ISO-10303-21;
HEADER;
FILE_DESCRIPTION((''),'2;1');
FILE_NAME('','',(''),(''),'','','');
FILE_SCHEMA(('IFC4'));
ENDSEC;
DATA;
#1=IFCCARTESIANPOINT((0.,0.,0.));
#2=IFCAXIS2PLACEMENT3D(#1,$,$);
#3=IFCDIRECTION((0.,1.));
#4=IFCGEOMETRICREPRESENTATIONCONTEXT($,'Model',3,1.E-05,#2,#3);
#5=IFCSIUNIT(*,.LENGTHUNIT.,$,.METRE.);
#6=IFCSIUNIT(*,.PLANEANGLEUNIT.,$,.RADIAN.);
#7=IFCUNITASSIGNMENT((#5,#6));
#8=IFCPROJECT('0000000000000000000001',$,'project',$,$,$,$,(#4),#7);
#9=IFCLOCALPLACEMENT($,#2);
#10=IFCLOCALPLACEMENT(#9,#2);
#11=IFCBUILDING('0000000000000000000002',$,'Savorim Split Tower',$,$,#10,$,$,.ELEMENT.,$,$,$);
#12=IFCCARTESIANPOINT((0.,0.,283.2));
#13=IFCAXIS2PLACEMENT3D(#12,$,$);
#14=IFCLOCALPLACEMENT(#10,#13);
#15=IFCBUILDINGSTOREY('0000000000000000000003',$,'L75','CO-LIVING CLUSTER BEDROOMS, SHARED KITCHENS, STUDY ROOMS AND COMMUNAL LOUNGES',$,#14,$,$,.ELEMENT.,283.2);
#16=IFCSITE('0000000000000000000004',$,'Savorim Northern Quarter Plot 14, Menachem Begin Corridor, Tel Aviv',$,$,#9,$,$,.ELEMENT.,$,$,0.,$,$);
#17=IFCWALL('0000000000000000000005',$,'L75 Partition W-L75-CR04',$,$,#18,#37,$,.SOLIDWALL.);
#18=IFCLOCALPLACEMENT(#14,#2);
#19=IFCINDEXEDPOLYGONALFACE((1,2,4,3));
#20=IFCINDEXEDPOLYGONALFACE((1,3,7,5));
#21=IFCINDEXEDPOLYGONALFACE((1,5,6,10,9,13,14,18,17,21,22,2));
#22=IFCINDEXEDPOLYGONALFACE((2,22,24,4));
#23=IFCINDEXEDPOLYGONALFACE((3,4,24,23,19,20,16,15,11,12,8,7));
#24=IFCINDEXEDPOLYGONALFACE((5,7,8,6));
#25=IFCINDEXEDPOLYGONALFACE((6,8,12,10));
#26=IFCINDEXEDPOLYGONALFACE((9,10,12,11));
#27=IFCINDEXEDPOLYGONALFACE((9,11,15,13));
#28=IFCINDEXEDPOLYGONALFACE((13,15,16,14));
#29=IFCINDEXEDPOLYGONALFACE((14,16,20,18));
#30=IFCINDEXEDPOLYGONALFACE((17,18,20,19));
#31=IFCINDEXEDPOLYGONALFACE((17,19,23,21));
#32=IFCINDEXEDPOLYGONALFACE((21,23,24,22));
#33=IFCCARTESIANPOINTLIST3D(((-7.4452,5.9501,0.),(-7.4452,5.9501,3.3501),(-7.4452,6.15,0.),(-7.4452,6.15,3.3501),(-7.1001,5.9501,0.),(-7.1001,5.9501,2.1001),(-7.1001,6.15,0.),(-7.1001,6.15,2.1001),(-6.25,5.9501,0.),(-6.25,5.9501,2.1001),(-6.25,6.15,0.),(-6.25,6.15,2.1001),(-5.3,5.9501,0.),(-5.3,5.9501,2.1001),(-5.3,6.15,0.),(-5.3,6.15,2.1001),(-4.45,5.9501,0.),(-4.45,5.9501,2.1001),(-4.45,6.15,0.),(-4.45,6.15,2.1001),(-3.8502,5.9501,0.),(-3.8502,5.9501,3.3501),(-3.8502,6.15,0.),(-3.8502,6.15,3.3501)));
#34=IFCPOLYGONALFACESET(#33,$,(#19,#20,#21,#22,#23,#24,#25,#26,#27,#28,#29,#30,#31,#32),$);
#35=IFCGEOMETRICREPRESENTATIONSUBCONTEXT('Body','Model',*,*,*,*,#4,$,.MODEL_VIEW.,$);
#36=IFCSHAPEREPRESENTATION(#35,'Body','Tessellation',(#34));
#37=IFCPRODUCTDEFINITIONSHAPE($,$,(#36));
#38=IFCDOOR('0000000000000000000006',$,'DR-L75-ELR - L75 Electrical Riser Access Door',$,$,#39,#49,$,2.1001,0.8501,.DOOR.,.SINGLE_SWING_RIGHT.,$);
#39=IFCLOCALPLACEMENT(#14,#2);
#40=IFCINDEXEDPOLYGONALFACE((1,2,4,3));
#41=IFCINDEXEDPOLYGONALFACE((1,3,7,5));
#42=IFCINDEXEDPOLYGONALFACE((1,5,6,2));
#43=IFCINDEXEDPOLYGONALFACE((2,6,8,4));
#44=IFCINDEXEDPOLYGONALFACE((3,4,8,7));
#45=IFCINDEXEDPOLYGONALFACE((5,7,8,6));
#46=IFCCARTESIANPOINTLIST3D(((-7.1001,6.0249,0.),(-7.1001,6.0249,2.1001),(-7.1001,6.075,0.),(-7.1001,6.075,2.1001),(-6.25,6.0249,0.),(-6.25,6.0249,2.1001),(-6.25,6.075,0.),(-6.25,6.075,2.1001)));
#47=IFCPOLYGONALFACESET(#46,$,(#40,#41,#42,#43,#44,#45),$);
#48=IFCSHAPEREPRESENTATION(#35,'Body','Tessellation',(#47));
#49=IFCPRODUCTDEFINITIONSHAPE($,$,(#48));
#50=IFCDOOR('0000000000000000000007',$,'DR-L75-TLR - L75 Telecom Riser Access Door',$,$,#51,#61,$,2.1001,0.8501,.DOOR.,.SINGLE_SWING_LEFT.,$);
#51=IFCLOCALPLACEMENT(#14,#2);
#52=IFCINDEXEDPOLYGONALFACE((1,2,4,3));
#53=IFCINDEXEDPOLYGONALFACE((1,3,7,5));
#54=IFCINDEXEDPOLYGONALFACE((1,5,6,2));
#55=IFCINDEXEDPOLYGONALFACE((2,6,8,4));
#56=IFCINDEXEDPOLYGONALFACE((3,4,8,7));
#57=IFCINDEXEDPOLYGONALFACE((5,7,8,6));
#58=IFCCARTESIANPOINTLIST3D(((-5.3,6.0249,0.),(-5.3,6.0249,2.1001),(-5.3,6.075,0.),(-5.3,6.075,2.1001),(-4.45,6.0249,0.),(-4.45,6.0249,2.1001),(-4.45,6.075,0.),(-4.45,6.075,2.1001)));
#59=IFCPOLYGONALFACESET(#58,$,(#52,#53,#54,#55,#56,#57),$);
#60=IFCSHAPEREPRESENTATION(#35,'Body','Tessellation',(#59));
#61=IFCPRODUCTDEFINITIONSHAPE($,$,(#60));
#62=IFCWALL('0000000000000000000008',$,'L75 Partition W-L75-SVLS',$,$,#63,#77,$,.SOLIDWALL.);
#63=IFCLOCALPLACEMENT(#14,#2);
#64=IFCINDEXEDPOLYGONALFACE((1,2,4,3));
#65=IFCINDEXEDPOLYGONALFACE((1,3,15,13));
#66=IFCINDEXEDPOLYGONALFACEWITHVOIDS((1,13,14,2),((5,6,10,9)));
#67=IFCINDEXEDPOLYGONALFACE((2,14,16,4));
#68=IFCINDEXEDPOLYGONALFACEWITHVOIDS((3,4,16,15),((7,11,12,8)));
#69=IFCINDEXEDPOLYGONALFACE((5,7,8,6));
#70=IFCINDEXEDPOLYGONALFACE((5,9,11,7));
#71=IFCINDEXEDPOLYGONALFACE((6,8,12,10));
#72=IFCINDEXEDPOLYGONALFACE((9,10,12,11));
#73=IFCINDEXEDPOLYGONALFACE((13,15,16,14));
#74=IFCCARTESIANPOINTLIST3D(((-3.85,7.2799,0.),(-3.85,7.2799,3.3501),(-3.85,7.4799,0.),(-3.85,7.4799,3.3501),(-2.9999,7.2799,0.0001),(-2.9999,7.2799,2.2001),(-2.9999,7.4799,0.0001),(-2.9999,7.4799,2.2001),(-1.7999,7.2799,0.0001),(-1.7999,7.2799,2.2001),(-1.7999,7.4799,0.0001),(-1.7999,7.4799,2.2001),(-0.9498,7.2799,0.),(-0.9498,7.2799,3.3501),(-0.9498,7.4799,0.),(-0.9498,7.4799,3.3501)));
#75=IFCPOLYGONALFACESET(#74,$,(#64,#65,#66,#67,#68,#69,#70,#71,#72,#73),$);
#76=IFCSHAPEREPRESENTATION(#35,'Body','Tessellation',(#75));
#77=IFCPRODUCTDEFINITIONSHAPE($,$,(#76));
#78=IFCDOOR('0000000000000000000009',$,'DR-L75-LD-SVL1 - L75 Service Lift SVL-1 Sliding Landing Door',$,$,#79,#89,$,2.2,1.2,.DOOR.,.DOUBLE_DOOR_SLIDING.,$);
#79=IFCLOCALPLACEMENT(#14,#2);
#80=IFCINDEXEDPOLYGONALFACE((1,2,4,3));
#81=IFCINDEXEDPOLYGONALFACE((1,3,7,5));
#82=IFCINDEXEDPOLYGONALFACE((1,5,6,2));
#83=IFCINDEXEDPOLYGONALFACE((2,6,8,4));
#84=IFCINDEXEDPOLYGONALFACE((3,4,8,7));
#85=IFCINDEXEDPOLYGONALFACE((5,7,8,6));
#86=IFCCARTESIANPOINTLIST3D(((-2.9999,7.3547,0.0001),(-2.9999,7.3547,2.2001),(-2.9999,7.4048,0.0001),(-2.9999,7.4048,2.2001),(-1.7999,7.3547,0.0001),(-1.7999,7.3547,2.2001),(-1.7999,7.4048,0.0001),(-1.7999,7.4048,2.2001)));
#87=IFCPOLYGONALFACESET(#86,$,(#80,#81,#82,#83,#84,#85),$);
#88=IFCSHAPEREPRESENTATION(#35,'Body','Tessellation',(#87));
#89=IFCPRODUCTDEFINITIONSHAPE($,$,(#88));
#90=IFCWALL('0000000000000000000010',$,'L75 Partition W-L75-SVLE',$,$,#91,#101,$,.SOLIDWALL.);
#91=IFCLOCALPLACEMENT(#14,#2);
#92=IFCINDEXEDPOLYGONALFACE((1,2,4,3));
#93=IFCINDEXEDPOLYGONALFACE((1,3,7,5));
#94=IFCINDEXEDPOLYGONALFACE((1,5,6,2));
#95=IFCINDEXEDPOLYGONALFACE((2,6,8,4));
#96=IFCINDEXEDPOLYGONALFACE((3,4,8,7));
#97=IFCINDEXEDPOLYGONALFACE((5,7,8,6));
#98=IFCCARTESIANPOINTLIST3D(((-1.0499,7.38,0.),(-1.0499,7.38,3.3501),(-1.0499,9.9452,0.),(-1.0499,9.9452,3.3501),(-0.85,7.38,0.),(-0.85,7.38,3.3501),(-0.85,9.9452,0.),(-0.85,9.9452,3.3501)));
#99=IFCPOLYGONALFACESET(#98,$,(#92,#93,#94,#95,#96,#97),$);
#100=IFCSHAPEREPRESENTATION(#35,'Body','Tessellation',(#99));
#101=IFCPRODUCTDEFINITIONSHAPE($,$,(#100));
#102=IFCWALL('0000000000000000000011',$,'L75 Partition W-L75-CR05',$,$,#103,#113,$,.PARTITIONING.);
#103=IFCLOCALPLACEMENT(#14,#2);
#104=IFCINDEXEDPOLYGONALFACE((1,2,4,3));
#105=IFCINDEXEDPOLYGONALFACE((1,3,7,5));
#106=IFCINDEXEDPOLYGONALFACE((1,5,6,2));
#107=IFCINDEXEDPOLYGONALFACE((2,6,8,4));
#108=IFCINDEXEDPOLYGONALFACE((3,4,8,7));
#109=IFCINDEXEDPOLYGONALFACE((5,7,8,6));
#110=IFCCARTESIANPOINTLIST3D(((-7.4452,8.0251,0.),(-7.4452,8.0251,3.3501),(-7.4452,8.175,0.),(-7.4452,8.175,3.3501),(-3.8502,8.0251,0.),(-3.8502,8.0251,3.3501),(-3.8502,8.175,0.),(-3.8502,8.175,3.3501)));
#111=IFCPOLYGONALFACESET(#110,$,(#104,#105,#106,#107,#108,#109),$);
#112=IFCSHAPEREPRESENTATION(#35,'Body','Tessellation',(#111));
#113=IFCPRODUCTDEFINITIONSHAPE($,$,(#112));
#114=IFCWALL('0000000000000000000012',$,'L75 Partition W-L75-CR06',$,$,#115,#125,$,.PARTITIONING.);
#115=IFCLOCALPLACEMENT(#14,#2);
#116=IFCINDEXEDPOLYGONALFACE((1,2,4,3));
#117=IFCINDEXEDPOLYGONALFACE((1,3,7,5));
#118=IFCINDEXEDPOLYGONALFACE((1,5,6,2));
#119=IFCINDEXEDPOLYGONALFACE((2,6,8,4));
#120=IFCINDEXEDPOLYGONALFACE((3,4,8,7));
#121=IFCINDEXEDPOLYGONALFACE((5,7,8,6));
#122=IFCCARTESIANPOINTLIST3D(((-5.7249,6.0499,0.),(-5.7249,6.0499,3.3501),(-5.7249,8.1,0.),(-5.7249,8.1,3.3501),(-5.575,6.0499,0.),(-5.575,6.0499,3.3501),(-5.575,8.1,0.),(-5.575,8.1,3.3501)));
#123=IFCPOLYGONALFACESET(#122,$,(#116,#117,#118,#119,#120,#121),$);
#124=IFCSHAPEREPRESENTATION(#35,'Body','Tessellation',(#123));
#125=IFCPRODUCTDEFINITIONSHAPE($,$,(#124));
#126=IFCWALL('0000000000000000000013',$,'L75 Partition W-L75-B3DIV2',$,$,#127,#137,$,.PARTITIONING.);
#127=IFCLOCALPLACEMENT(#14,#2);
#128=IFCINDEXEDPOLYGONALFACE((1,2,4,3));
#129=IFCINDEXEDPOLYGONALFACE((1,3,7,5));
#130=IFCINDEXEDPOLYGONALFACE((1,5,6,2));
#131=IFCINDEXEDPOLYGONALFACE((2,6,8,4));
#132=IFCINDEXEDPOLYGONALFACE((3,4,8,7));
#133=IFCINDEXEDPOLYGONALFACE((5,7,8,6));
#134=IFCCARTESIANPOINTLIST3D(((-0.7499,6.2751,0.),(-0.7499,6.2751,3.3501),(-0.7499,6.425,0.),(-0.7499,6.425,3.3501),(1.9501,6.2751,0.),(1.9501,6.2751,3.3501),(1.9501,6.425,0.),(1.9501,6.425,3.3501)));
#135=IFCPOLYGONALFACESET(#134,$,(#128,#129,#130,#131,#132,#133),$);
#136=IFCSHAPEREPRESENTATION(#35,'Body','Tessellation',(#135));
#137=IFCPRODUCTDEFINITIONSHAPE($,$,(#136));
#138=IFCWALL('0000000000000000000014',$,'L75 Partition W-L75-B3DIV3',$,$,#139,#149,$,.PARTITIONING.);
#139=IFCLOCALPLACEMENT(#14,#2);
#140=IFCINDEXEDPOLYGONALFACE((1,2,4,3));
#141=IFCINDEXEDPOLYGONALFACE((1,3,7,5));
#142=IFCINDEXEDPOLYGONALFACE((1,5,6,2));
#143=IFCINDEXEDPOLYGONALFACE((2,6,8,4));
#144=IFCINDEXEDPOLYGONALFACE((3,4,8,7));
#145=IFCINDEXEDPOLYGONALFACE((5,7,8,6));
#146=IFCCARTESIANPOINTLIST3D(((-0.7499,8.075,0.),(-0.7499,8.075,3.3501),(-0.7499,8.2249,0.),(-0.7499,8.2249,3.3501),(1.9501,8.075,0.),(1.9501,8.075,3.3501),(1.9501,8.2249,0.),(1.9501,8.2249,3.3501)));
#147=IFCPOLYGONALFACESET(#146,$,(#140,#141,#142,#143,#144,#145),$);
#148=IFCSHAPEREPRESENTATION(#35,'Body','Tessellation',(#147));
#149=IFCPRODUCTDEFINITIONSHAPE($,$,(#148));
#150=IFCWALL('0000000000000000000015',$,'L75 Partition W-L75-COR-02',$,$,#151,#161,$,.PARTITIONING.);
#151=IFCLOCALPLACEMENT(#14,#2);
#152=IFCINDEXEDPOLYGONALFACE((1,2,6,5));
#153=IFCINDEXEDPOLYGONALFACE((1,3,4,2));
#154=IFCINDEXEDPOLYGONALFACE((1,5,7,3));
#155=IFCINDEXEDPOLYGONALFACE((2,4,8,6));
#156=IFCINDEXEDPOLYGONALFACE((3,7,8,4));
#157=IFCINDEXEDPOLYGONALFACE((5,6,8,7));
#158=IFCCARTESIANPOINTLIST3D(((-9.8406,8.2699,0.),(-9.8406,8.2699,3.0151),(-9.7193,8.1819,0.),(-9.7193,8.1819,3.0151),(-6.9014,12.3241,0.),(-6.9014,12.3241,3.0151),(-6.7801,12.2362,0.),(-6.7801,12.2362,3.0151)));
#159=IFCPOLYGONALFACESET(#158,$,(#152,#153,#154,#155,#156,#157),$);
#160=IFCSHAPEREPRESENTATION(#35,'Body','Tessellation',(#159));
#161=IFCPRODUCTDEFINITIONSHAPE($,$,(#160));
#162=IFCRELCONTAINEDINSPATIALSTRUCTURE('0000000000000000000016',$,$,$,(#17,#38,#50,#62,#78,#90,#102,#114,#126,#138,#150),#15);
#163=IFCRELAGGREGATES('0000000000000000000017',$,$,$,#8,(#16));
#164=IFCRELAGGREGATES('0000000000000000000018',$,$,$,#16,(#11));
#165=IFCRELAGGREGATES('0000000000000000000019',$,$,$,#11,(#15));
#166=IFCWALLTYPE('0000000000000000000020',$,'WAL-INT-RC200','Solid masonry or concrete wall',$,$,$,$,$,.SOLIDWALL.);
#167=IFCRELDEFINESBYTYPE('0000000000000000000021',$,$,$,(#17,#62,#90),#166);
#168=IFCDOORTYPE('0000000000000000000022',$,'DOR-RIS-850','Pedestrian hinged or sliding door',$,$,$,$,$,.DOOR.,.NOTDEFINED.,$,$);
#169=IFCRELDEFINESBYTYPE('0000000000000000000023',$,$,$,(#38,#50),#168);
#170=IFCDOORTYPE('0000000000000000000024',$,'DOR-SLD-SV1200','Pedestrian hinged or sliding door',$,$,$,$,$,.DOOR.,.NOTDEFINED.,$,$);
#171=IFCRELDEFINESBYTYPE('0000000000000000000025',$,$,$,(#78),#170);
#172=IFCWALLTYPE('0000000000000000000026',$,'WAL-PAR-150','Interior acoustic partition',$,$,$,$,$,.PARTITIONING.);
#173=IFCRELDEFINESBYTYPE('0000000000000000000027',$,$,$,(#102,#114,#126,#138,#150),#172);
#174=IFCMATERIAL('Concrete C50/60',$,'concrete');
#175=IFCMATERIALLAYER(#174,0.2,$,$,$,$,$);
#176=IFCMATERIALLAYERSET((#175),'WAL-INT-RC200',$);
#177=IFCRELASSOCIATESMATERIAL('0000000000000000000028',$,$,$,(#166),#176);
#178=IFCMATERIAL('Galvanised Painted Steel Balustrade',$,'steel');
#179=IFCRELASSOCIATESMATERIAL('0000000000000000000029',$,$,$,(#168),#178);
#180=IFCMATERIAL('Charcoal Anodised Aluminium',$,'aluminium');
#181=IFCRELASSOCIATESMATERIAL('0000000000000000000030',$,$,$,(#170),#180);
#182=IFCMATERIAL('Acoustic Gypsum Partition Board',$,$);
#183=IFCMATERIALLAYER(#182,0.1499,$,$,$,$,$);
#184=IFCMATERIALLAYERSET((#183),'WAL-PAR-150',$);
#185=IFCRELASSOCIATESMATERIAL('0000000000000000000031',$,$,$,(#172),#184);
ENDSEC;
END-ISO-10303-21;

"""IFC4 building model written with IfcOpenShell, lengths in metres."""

from ifc_helpers import new_model, si_unit, direction, frame, frame_2d, origin, place, context, subcontext, project, spatial, rectangle, extrude, material, layer, layer_set, type_object, element, fill, save


model = new_model("IFC4")

# Units and contexts
model_context = context("Model", 3, precision=1e-05, world=origin(), true_north=direction((0.0, 1.0)))
body_context = subcontext(model_context, "Body", "Model", "MODEL_VIEW")
ifc_project = project(units=[si_unit("LENGTHUNIT", "METRE"), si_unit("PLANEANGLEUNIT", "RADIAN")], contexts=[model_context])

# Site, building, storey
site_placement = place(None, origin())
site = spatial("IfcSite", under=ifc_project, at=site_placement, Name="Savorim Northern Quarter Plot 14, Menachem Begin Corridor, Tel Aviv", CompositionType="ELEMENT", RefElevation=0.0)
building_placement = place(site_placement, origin())
building = spatial("IfcBuilding", under=site, at=building_placement, Name="Savorim Split Tower", CompositionType="ELEMENT")
storey_placement = place(building_placement, frame((0.0, 0.0, 283.2)))
storey = spatial("IfcBuildingStorey", under=building, at=storey_placement, Name="L75", Description="CO-LIVING CLUSTER BEDROOMS, SHARED KITCHENS, STUDY ROOMS AND COMMUNAL LOUNGES", CompositionType="ELEMENT", Elevation=283.2)

# Shared definitions
ifc_material_1 = material(Name="Charcoal Anodised Aluminium", Category="aluminium")

# Wall, openings, doors
ifc_material_2 = material(Name="Concrete C50/60", Category="concrete")
ifc_layer_1 = layer(ifc_material_2, 0.2)
ifc_layer_set_1 = layer_set([ifc_layer_1], Name="WAL-INT-RC200")
wall_type_1 = type_object("IfcWallType", Name="WAL-INT-RC200", Description="Solid masonry or concrete wall", PredefinedType="SOLIDWALL", material=ifc_layer_set_1)
wall_1_placement = place(storey_placement, frame((-7.4451, 6.05, 0.0), z_axis=(0.0, 0.0, 1.0), x_axis=(1.0, 0.0, 0.0)))
wall_1 = element("IfcWall", 1, at=wall_1_placement, inside=storey, type_object=wall_type_1, Name="L75 Partition W-L75-CR04", PredefinedType="SOLIDWALL", context=body_context, shape_type="SweptSolid", body=[
    extrude(rectangle(XDim=3.595, YDim=0.2, at=frame_2d((1.7974, 0.0))), origin(), (0.0, 0.0, 1.0), 3.3501),
])
opening_1_placement = place(wall_1_placement, frame((0.345, 0.0, 0.0)))
opening_1 = element("IfcOpeningElement", 2, at=opening_1_placement, cuts=wall_1, PredefinedType="OPENING", context=body_context, shape_type="SweptSolid", body=[
    extrude(rectangle(XDim=0.8501, YDim=2.1001, at=frame_2d((0.425, 1.05))), frame((0.0, 0.1099, 0.0), z_axis=(0.0, -1.0, 0.0), x_axis=(1.0, 0.0, 0.0)), (0.0, 0.0, 1.0), 0.22),
])
opening_2_placement = place(wall_1_placement, frame((2.145, 0.0, 0.0)))
opening_2 = element("IfcOpeningElement", 3, at=opening_2_placement, cuts=wall_1, PredefinedType="OPENING", context=body_context, shape_type="SweptSolid", body=[
    extrude(rectangle(XDim=0.8501, YDim=2.1001, at=frame_2d((0.425, 1.05))), frame((0.0, 0.1099, 0.0), z_axis=(0.0, -1.0, 0.0), x_axis=(1.0, 0.0, 0.0)), (0.0, 0.0, 1.0), 0.22),
])
ifc_material_3 = material(Name="Galvanised Painted Steel Balustrade", Category="steel")
door_type_1 = type_object("IfcDoorType", Name="DOR-RIS-850", Description="Pedestrian hinged or sliding door", OperationType="NOTDEFINED", PredefinedType="DOOR", material=ifc_material_3)
door_1_placement = place(opening_1_placement, origin())
door_1 = element("IfcDoor", 4, at=door_1_placement, inside=storey, type_object=door_type_1, Name="DR-L75-ELR - L75 Electrical Riser Access Door", OperationType="SINGLE_SWING_RIGHT", OverallHeight=2.1001, OverallWidth=0.8501, PredefinedType="DOOR", context=body_context, shape_type="SweptSolid", body=[
    extrude(rectangle(XDim=0.8501, YDim=2.1001, at=frame_2d((0.425, 1.05))), frame((0.0, 0.0249, 0.0), z_axis=(0.0, -1.0, 0.0), x_axis=(1.0, 0.0, 0.0)), (0.0, 0.0, 1.0), 0.05),
])
fill(opening_1, door_1)
door_2_placement = place(opening_2_placement, origin())
door_2 = element("IfcDoor", 5, at=door_2_placement, inside=storey, type_object=door_type_1, Name="DR-L75-TLR - L75 Telecom Riser Access Door", OperationType="SINGLE_SWING_LEFT", OverallHeight=2.1001, OverallWidth=0.8501, PredefinedType="DOOR", context=body_context, shape_type="SweptSolid", body=[
    extrude(rectangle(XDim=0.8501, YDim=2.1001, at=frame_2d((0.425, 1.05))), frame((0.0, 0.0249, 0.0), z_axis=(0.0, -1.0, 0.0), x_axis=(1.0, 0.0, 0.0)), (0.0, 0.0, 1.0), 0.05),
])
fill(opening_2, door_2)

# Wall, opening, door
wall_2_placement = place(storey_placement, frame((-3.8501, 7.3799, 0.0), z_axis=(0.0, 0.0, 1.0), x_axis=(1.0, 0.0, 0.0)))
wall_2 = element("IfcWall", 6, at=wall_2_placement, inside=storey, type_object=wall_type_1, Name="L75 Partition W-L75-SVLS", PredefinedType="SOLIDWALL", context=body_context, shape_type="SweptSolid", body=[
    extrude(rectangle(XDim=2.9001, YDim=0.2, at=frame_2d((1.4502, 0.0))), origin(), (0.0, 0.0, 1.0), 3.3501),
])
opening_3_placement = place(wall_2_placement, frame((0.8501, 0.0, 0.0)))
opening_3 = element("IfcOpeningElement", 7, at=opening_3_placement, cuts=wall_2, PredefinedType="OPENING", context=body_context, shape_type="SweptSolid", body=[
    extrude(rectangle(XDim=1.2, YDim=2.2, at=frame_2d((0.6001, 1.1001))), frame((0.0, 0.1099, 0.0), z_axis=(0.0, -1.0, 0.0), x_axis=(1.0, 0.0, 0.0)), (0.0, 0.0, 1.0), 0.22),
])
door_type_2 = type_object("IfcDoorType", Name="DOR-SLD-SV1200", Description="Pedestrian hinged or sliding door", OperationType="NOTDEFINED", PredefinedType="DOOR", material=ifc_material_1)
door_3_placement = place(opening_3_placement, origin())
door_3 = element("IfcDoor", 8, at=door_3_placement, inside=storey, type_object=door_type_2, Name="DR-L75-LD-SVL1 - L75 Service Lift SVL-1 Sliding Landing Door", OperationType="DOUBLE_DOOR_SLIDING", OverallHeight=2.2, OverallWidth=1.2, PredefinedType="DOOR", context=body_context, shape_type="SweptSolid", body=[
    extrude(rectangle(XDim=1.2, YDim=2.2, at=frame_2d((0.6001, 1.1001))), frame((0.0, 0.0249, 0.0), z_axis=(0.0, -1.0, 0.0), x_axis=(1.0, 0.0, 0.0)), (0.0, 0.0, 1.0), 0.05),
])
fill(opening_3, door_3)

# Walls
wall_3_placement = place(storey_placement, frame((-0.95, 7.3799, 0.0), z_axis=(0.0, 0.0, 1.0), x_axis=(0.0, 1.0, 0.0)))
element("IfcWall", 9, at=wall_3_placement, inside=storey, type_object=wall_type_1, Name="L75 Partition W-L75-SVLE", PredefinedType="SOLIDWALL", context=body_context, shape_type="SweptSolid", body=[
    extrude(rectangle(XDim=2.5652, YDim=0.2, at=frame_2d((1.2827, 0.0))), origin(), (0.0, 0.0, 1.0), 3.3501),
])
ifc_material_4 = material(Name="Acoustic Gypsum Partition Board")
ifc_layer_2 = layer(ifc_material_4, 0.1499)
ifc_layer_set_2 = layer_set([ifc_layer_2], Name="WAL-PAR-150")
wall_type_2 = type_object("IfcWallType", Name="WAL-PAR-150", Description="Interior acoustic partition", PredefinedType="PARTITIONING", material=ifc_layer_set_2)
wall_4_placement = place(storey_placement, frame((-7.4451, 8.1001, 0.0), z_axis=(0.0, 0.0, 1.0), x_axis=(1.0, 0.0, 0.0)))
element("IfcWall", 10, at=wall_4_placement, inside=storey, type_object=wall_type_2, Name="L75 Partition W-L75-CR05", PredefinedType="PARTITIONING", context=body_context, shape_type="SweptSolid", body=[
    extrude(rectangle(XDim=3.595, YDim=0.1499, at=frame_2d((1.7974, 0.0))), origin(), (0.0, 0.0, 1.0), 3.3501),
])
wall_5_placement = place(storey_placement, frame((-5.6499, 6.05, 0.0), z_axis=(0.0, 0.0, 1.0), x_axis=(0.0, 1.0, 0.0)))
element("IfcWall", 11, at=wall_5_placement, inside=storey, type_object=wall_type_2, Name="L75 Partition W-L75-CR06", PredefinedType="PARTITIONING", context=body_context, shape_type="SweptSolid", body=[
    extrude(rectangle(XDim=2.05, YDim=0.1499, at=frame_2d((1.0249, 0.0))), origin(), (0.0, 0.0, 1.0), 3.3501),
])
for number, where, z_axis, x_axis, name in (
    (12, (-0.75, 6.3501, 0.0), (0.0, 0.0, 1.0), (1.0, 0.0, 0.0), "L75 Partition W-L75-B3DIV2"),
    (13, (-0.75, 8.1499, 0.0), (0.0, 0.0, 1.0), (1.0, 0.0, 0.0), "L75 Partition W-L75-B3DIV3"),
):
    element("IfcWall", number, at=place(storey_placement, frame(where, z_axis=z_axis, x_axis=x_axis)), inside=storey, type_object=wall_type_2, Name=name, PredefinedType="PARTITIONING", context=body_context, shape_type="SweptSolid", body=[
        extrude(rectangle(XDim=2.7, YDim=0.1499, at=frame_2d((1.3501, 0.0))), origin(), (0.0, 0.0, 1.0), 3.3501),
    ])
wall_6_placement = place(storey_placement, frame((-9.78, 8.2258, 0.0), z_axis=(0.0, 0.0, 1.0), x_axis=(0.586956, 0.809619, 0.0)))
element("IfcWall", 14, at=wall_6_placement, inside=storey, type_object=wall_type_2, Name="L75 Partition W-L75-COR-02", PredefinedType="PARTITIONING", context=body_context, shape_type="SweptSolid", body=[
    extrude(rectangle(XDim=5.0076, YDim=0.1499, at=frame_2d((2.5039, 0.0))), origin(), (0.0, 0.0, 1.0), 3.0151),
])

save(model, "model.ifc")
